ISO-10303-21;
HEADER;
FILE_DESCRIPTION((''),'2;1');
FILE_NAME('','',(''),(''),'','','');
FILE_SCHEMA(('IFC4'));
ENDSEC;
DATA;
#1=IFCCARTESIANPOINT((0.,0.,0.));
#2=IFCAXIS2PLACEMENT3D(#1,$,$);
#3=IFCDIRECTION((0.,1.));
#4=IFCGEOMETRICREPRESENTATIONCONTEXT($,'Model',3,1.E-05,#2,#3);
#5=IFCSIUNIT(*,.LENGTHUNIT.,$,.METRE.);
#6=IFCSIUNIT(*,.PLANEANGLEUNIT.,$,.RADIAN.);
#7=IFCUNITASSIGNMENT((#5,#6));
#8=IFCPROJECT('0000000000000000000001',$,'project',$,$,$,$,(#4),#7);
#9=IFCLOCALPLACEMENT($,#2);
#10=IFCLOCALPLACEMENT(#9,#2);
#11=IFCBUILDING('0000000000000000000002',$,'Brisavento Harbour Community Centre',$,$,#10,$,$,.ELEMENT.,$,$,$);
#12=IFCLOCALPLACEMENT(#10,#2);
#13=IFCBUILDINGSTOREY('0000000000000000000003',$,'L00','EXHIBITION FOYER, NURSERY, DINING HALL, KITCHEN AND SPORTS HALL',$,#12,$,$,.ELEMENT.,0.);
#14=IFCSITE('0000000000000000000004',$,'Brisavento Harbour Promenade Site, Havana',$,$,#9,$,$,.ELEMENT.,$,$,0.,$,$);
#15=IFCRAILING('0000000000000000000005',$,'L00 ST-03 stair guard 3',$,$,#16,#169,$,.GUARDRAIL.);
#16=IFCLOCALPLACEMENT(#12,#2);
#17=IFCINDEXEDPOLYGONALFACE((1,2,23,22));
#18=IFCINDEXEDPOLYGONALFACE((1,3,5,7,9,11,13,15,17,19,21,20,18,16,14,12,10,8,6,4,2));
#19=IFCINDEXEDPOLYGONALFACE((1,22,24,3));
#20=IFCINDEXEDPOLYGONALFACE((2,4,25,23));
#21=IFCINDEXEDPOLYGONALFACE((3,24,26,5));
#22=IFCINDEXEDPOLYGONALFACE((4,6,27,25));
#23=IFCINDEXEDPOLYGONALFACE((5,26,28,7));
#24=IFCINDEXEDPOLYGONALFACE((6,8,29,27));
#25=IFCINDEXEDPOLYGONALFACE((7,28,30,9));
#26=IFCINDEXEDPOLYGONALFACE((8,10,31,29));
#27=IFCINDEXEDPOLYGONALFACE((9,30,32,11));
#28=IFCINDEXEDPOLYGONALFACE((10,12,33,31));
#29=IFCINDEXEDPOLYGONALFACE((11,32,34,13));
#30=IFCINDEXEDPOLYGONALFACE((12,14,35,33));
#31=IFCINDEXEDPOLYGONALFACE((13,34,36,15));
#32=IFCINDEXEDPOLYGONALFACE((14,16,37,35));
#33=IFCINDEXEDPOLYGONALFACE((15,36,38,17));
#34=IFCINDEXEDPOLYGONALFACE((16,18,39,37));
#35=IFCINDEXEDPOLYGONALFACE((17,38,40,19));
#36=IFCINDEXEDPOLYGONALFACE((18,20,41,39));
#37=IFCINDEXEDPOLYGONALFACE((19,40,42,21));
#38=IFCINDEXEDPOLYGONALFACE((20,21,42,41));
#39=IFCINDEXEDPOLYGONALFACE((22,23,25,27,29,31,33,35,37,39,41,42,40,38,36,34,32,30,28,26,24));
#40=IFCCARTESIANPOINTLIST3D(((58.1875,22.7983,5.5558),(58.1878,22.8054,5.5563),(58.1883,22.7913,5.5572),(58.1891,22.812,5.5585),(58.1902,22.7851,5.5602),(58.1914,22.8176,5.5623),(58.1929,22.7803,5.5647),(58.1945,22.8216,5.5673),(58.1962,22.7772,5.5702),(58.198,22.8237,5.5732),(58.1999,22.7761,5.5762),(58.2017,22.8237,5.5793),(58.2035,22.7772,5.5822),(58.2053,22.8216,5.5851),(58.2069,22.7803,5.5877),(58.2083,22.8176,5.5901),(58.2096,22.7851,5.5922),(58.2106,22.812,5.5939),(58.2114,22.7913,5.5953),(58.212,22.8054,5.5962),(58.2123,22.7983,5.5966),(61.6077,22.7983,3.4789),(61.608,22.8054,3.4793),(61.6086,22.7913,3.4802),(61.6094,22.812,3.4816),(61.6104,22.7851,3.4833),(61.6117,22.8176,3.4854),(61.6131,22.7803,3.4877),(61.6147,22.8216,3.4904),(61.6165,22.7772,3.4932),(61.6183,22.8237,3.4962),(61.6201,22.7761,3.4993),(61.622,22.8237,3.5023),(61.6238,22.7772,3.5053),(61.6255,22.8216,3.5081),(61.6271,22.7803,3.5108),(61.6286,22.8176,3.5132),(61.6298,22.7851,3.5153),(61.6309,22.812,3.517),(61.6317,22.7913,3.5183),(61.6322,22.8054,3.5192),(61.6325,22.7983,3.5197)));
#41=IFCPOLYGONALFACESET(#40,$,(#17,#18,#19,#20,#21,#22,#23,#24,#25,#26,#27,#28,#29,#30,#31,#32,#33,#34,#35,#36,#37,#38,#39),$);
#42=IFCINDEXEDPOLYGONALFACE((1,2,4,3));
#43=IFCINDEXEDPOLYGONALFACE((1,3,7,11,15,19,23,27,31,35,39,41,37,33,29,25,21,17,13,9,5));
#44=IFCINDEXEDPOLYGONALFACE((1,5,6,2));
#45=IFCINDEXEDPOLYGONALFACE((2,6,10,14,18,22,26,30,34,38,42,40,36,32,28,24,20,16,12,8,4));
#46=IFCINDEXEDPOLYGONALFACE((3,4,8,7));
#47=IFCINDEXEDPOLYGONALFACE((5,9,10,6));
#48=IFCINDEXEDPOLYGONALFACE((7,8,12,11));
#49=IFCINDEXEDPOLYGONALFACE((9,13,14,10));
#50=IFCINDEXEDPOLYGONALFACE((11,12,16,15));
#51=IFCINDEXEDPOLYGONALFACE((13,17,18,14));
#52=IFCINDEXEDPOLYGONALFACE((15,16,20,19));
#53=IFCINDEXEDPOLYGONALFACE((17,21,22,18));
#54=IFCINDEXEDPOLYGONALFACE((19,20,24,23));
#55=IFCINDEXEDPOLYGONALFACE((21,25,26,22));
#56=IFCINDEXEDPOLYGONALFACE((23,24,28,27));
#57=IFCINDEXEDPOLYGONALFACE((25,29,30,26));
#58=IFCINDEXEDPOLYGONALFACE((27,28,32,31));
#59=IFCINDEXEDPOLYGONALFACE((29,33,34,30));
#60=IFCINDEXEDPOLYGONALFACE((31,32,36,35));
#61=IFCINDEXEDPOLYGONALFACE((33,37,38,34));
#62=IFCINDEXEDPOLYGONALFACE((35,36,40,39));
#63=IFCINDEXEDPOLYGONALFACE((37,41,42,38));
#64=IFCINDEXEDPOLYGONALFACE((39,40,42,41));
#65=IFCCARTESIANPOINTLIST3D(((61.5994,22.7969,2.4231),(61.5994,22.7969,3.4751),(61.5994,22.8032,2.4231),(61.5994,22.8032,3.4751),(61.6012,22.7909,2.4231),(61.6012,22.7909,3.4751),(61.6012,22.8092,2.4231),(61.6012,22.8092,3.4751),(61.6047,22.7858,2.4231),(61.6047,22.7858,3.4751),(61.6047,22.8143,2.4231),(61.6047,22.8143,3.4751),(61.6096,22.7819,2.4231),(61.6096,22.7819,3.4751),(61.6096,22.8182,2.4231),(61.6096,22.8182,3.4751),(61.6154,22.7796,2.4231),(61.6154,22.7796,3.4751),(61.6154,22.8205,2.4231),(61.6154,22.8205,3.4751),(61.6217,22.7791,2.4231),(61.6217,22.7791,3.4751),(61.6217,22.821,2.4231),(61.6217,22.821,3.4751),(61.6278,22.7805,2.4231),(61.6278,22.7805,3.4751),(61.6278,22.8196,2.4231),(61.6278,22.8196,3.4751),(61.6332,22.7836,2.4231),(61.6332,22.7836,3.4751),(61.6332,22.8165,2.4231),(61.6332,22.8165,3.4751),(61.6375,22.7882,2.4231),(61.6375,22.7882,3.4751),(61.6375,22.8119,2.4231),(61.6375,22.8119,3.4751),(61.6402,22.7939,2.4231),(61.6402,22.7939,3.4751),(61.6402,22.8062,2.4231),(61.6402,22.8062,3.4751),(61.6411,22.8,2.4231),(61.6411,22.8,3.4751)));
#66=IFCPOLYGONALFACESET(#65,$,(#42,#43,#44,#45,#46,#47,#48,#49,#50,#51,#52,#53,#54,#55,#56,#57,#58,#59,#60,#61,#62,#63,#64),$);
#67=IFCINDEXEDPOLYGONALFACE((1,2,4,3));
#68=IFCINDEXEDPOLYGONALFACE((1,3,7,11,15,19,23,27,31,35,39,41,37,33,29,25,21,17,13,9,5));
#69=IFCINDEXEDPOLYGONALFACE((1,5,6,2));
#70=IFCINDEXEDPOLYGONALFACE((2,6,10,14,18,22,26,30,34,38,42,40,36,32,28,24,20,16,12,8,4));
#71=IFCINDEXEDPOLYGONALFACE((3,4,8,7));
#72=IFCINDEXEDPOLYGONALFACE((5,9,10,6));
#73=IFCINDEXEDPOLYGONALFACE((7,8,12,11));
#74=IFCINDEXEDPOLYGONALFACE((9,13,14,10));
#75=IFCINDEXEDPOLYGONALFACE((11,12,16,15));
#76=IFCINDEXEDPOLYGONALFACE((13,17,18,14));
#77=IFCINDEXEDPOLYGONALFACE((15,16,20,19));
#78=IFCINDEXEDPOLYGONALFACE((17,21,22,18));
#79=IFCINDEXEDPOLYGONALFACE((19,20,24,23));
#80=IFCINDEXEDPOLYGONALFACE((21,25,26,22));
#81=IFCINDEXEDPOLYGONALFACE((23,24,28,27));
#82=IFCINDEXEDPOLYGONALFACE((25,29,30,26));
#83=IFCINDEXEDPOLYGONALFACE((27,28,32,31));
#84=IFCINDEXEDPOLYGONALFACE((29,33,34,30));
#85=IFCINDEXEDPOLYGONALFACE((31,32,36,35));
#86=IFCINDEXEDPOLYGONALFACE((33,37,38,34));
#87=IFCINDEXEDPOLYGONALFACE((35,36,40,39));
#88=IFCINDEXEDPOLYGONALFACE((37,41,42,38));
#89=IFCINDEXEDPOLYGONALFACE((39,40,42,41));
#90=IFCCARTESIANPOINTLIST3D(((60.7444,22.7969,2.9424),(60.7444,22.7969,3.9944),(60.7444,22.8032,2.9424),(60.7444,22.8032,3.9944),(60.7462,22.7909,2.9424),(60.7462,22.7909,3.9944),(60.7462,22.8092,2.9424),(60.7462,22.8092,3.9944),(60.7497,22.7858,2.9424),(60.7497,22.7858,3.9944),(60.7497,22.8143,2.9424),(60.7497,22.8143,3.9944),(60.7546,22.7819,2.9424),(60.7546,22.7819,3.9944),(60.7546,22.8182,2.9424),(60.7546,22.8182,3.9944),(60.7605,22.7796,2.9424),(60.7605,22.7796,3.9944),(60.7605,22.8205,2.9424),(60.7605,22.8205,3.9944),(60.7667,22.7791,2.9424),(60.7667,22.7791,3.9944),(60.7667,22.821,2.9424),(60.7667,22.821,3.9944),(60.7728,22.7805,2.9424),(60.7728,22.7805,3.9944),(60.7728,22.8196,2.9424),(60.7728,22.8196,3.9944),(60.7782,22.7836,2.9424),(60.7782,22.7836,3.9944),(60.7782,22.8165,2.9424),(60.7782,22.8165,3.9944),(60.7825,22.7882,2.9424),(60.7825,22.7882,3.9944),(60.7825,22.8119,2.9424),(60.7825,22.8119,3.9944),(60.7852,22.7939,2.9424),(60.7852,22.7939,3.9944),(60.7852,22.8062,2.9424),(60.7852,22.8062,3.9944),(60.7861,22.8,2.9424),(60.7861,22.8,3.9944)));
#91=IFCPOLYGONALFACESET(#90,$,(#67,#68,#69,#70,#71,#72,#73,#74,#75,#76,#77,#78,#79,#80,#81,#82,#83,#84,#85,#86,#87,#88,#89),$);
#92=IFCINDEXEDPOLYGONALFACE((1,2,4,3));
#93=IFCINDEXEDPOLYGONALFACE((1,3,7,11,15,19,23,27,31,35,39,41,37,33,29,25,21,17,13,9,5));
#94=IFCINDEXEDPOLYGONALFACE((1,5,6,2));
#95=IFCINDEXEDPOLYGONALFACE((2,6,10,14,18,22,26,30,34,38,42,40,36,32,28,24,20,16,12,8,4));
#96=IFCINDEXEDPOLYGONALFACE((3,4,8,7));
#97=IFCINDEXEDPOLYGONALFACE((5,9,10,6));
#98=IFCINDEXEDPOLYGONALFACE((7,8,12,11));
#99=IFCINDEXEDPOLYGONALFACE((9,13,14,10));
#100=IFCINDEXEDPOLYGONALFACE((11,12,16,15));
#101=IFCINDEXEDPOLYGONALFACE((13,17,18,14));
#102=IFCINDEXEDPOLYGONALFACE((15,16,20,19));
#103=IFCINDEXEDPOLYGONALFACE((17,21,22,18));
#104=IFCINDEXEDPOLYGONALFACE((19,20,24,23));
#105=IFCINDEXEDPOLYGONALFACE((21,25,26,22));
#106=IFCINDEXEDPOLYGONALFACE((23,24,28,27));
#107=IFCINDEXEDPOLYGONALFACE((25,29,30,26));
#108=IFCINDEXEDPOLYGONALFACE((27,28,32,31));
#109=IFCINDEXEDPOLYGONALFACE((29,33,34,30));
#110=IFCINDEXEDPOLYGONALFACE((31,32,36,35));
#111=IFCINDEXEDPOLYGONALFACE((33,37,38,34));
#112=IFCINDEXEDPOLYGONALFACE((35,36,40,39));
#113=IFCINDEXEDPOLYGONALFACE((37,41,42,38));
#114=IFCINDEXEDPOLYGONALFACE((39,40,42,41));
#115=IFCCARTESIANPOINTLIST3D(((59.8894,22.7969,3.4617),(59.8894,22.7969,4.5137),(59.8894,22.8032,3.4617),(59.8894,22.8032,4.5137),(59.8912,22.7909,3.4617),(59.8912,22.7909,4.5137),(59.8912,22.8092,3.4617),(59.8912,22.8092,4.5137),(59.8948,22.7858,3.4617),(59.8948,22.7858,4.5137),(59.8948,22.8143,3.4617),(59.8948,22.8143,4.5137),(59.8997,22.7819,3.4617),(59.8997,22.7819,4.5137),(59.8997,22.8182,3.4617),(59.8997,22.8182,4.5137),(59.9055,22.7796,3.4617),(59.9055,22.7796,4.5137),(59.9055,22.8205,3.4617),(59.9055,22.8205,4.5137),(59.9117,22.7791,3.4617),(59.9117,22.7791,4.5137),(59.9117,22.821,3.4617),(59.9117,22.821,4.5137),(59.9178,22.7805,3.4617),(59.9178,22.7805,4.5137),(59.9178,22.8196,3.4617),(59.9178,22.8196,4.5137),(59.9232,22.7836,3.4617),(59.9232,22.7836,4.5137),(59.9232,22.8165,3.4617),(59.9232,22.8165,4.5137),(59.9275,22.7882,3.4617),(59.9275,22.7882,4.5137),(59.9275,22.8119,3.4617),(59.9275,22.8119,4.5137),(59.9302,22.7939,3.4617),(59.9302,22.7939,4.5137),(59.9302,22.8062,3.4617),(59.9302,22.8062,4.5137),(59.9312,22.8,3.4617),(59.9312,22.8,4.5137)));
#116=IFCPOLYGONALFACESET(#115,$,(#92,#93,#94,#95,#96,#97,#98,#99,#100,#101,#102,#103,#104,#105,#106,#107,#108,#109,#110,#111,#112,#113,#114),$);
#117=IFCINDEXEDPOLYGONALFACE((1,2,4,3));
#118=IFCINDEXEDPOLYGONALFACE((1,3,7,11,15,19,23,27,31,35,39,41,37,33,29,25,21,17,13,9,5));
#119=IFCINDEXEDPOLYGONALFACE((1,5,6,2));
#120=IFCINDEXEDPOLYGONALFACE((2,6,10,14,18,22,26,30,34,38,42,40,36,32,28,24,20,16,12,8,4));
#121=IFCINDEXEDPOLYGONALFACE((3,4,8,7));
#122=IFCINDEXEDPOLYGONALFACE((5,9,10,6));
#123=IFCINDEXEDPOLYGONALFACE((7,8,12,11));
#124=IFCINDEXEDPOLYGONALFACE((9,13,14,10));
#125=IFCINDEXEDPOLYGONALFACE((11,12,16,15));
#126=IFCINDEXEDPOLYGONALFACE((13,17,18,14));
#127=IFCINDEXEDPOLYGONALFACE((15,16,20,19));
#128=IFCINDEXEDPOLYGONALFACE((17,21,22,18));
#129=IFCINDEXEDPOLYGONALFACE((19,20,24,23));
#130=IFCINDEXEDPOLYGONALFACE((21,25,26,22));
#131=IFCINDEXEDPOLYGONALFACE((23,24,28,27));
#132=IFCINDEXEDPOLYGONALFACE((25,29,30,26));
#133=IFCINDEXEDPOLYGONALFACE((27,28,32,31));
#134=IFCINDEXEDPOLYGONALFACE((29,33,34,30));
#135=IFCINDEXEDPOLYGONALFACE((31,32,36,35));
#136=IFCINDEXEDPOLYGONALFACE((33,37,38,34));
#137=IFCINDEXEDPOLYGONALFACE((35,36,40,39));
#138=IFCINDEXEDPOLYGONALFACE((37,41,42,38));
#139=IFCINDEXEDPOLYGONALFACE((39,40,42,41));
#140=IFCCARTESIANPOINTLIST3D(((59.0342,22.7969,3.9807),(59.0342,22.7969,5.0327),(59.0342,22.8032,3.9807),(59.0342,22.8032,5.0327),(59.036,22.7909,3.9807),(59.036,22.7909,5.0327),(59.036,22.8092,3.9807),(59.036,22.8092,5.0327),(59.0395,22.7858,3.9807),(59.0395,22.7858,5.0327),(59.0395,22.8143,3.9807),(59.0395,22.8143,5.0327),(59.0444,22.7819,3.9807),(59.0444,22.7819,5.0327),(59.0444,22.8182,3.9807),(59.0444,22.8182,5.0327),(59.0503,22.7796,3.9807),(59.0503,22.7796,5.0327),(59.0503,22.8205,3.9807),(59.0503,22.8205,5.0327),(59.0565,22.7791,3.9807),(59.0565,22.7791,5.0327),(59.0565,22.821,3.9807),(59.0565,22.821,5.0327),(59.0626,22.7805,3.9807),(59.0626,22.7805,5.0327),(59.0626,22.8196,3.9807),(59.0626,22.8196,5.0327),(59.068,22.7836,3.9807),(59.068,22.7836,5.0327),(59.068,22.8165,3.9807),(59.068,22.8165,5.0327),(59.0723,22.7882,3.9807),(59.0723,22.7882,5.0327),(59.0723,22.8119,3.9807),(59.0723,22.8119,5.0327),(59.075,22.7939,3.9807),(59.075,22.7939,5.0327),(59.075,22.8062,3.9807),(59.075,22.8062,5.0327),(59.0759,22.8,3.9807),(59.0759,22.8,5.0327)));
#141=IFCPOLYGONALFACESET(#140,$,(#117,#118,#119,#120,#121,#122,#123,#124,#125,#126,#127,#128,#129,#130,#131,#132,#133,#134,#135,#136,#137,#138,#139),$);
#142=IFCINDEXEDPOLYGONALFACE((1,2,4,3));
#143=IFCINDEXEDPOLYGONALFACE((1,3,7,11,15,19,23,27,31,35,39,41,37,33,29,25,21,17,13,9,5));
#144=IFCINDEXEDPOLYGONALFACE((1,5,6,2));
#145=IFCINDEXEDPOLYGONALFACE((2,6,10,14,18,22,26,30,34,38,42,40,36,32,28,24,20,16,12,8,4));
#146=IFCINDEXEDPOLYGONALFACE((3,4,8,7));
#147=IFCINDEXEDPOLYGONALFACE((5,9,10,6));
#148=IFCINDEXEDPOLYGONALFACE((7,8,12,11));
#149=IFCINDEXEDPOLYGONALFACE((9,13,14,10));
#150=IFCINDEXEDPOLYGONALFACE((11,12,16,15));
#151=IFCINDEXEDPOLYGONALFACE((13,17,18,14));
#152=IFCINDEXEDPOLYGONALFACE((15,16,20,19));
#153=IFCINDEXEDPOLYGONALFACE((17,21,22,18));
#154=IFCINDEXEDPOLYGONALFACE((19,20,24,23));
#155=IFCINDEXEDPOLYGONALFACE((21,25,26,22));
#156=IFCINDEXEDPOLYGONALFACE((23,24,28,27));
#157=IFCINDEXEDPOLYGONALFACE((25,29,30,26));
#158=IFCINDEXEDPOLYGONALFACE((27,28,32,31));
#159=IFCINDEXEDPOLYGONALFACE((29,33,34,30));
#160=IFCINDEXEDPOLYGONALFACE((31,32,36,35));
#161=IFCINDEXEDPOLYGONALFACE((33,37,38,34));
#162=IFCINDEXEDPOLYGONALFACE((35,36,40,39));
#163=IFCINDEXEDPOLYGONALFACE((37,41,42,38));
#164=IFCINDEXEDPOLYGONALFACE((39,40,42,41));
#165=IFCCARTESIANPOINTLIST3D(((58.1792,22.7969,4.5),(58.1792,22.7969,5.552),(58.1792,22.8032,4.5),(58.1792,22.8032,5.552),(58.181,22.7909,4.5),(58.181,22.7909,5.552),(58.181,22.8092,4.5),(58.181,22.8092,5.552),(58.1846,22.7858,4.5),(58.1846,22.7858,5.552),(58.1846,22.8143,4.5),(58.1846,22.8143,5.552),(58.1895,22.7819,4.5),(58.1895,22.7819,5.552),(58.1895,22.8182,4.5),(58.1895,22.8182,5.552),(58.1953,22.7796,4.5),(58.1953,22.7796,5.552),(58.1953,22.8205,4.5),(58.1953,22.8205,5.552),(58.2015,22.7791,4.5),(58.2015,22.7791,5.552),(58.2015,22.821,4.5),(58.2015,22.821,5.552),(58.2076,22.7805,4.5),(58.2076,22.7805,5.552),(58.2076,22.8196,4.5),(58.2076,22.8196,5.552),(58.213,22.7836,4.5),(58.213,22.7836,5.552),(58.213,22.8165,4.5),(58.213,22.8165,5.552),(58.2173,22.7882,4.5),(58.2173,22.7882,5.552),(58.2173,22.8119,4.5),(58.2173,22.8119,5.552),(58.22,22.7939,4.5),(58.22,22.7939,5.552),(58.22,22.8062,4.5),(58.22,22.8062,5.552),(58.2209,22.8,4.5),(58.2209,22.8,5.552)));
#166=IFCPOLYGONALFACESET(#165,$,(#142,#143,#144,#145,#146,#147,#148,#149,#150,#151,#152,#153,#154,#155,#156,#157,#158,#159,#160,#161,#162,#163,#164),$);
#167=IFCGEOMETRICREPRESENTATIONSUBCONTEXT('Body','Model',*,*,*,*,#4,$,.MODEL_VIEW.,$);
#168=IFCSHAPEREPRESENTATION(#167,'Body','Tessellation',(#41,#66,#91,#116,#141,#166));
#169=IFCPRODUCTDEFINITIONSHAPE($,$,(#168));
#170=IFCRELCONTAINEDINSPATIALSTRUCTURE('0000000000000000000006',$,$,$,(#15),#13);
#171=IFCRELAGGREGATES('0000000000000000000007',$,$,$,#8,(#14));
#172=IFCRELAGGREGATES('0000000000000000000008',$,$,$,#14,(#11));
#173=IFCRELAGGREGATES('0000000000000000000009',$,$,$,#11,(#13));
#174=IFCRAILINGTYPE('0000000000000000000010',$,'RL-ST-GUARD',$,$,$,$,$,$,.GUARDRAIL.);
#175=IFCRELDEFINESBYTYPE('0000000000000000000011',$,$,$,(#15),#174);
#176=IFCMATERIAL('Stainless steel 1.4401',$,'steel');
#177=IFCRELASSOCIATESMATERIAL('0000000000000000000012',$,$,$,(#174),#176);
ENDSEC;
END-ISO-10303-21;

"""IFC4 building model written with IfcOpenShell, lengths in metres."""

from ifc_helpers import new_model, si_unit, direction, frame, origin, origin_2d, place, context, subcontext, project, spatial, circle, extrude, material, type_object, element, save


model = new_model("IFC4")

# Units and contexts
model_context = context("Model", 3, precision=1e-05, world=origin(), true_north=direction((0.0, 1.0)))
body_context = subcontext(model_context, "Body", "Model", "MODEL_VIEW")
ifc_project = project(units=[si_unit("LENGTHUNIT", "METRE"), si_unit("PLANEANGLEUNIT", "RADIAN")], contexts=[model_context])

# Site, building, storey
site_placement = place(None, origin())
site = spatial("IfcSite", under=ifc_project, at=site_placement, Name="Brisavento Harbour Promenade Site, Havana", CompositionType="ELEMENT", RefElevation=0.0)
building_placement = place(site_placement, origin())
building = spatial("IfcBuilding", under=site, at=building_placement, Name="Brisavento Harbour Community Centre", CompositionType="ELEMENT")
storey_placement = place(building_placement, origin())
storey = spatial("IfcBuildingStorey", under=building, at=storey_placement, Name="L00", Description="EXHIBITION FOYER, NURSERY, DINING HALL, KITCHEN AND SPORTS HALL", CompositionType="ELEMENT", Elevation=0.0)

# Railing
ifc_material_1 = material(Name="Stainless steel 1.4401", Category="steel")
railing_type_1 = type_object("IfcRailingType", Name="RL-ST-GUARD", PredefinedType="GUARDRAIL", material=ifc_material_1)
railing_1_placement = place(storey_placement, frame((61.6201, 22.8, 2.4231)))
element("IfcRailing", 1, at=railing_1_placement, inside=storey, type_object=railing_type_1, Name="L00 ST-03 stair guard 3", PredefinedType="GUARDRAIL", context=body_context, shape_type="SweptSolid", body=[
    extrude(circle(Radius=0.0239, at=origin_2d()), frame((0.0, 0.0, 1.0762), z_axis=(-0.854746, 0.0, 0.519047), x_axis=(0.0, -1.0, 0.0)), (0.0, 0.0, 1.0), 4.0015),
    extrude(circle(Radius=0.021, at=origin_2d()), origin(), (0.0, 0.0, 1.0), 1.052),
    extrude(circle(Radius=0.021, at=origin_2d()), frame((-0.855, 0.0, 0.5193)), (0.0, 0.0, 1.0), 1.052),
    extrude(circle(Radius=0.021, at=origin_2d()), frame((-1.71, 0.0, 1.0386)), (0.0, 0.0, 1.0), 1.052),
    extrude(circle(Radius=0.021, at=origin_2d()), frame((-2.5652, 0.0, 1.5576)), (0.0, 0.0, 1.0), 1.052),
    extrude(circle(Radius=0.021, at=origin_2d()), frame((-3.4202, 0.0, 2.0769)), (0.0, 0.0, 1.0), 1.052),
])

save(model, "model.ifc")
